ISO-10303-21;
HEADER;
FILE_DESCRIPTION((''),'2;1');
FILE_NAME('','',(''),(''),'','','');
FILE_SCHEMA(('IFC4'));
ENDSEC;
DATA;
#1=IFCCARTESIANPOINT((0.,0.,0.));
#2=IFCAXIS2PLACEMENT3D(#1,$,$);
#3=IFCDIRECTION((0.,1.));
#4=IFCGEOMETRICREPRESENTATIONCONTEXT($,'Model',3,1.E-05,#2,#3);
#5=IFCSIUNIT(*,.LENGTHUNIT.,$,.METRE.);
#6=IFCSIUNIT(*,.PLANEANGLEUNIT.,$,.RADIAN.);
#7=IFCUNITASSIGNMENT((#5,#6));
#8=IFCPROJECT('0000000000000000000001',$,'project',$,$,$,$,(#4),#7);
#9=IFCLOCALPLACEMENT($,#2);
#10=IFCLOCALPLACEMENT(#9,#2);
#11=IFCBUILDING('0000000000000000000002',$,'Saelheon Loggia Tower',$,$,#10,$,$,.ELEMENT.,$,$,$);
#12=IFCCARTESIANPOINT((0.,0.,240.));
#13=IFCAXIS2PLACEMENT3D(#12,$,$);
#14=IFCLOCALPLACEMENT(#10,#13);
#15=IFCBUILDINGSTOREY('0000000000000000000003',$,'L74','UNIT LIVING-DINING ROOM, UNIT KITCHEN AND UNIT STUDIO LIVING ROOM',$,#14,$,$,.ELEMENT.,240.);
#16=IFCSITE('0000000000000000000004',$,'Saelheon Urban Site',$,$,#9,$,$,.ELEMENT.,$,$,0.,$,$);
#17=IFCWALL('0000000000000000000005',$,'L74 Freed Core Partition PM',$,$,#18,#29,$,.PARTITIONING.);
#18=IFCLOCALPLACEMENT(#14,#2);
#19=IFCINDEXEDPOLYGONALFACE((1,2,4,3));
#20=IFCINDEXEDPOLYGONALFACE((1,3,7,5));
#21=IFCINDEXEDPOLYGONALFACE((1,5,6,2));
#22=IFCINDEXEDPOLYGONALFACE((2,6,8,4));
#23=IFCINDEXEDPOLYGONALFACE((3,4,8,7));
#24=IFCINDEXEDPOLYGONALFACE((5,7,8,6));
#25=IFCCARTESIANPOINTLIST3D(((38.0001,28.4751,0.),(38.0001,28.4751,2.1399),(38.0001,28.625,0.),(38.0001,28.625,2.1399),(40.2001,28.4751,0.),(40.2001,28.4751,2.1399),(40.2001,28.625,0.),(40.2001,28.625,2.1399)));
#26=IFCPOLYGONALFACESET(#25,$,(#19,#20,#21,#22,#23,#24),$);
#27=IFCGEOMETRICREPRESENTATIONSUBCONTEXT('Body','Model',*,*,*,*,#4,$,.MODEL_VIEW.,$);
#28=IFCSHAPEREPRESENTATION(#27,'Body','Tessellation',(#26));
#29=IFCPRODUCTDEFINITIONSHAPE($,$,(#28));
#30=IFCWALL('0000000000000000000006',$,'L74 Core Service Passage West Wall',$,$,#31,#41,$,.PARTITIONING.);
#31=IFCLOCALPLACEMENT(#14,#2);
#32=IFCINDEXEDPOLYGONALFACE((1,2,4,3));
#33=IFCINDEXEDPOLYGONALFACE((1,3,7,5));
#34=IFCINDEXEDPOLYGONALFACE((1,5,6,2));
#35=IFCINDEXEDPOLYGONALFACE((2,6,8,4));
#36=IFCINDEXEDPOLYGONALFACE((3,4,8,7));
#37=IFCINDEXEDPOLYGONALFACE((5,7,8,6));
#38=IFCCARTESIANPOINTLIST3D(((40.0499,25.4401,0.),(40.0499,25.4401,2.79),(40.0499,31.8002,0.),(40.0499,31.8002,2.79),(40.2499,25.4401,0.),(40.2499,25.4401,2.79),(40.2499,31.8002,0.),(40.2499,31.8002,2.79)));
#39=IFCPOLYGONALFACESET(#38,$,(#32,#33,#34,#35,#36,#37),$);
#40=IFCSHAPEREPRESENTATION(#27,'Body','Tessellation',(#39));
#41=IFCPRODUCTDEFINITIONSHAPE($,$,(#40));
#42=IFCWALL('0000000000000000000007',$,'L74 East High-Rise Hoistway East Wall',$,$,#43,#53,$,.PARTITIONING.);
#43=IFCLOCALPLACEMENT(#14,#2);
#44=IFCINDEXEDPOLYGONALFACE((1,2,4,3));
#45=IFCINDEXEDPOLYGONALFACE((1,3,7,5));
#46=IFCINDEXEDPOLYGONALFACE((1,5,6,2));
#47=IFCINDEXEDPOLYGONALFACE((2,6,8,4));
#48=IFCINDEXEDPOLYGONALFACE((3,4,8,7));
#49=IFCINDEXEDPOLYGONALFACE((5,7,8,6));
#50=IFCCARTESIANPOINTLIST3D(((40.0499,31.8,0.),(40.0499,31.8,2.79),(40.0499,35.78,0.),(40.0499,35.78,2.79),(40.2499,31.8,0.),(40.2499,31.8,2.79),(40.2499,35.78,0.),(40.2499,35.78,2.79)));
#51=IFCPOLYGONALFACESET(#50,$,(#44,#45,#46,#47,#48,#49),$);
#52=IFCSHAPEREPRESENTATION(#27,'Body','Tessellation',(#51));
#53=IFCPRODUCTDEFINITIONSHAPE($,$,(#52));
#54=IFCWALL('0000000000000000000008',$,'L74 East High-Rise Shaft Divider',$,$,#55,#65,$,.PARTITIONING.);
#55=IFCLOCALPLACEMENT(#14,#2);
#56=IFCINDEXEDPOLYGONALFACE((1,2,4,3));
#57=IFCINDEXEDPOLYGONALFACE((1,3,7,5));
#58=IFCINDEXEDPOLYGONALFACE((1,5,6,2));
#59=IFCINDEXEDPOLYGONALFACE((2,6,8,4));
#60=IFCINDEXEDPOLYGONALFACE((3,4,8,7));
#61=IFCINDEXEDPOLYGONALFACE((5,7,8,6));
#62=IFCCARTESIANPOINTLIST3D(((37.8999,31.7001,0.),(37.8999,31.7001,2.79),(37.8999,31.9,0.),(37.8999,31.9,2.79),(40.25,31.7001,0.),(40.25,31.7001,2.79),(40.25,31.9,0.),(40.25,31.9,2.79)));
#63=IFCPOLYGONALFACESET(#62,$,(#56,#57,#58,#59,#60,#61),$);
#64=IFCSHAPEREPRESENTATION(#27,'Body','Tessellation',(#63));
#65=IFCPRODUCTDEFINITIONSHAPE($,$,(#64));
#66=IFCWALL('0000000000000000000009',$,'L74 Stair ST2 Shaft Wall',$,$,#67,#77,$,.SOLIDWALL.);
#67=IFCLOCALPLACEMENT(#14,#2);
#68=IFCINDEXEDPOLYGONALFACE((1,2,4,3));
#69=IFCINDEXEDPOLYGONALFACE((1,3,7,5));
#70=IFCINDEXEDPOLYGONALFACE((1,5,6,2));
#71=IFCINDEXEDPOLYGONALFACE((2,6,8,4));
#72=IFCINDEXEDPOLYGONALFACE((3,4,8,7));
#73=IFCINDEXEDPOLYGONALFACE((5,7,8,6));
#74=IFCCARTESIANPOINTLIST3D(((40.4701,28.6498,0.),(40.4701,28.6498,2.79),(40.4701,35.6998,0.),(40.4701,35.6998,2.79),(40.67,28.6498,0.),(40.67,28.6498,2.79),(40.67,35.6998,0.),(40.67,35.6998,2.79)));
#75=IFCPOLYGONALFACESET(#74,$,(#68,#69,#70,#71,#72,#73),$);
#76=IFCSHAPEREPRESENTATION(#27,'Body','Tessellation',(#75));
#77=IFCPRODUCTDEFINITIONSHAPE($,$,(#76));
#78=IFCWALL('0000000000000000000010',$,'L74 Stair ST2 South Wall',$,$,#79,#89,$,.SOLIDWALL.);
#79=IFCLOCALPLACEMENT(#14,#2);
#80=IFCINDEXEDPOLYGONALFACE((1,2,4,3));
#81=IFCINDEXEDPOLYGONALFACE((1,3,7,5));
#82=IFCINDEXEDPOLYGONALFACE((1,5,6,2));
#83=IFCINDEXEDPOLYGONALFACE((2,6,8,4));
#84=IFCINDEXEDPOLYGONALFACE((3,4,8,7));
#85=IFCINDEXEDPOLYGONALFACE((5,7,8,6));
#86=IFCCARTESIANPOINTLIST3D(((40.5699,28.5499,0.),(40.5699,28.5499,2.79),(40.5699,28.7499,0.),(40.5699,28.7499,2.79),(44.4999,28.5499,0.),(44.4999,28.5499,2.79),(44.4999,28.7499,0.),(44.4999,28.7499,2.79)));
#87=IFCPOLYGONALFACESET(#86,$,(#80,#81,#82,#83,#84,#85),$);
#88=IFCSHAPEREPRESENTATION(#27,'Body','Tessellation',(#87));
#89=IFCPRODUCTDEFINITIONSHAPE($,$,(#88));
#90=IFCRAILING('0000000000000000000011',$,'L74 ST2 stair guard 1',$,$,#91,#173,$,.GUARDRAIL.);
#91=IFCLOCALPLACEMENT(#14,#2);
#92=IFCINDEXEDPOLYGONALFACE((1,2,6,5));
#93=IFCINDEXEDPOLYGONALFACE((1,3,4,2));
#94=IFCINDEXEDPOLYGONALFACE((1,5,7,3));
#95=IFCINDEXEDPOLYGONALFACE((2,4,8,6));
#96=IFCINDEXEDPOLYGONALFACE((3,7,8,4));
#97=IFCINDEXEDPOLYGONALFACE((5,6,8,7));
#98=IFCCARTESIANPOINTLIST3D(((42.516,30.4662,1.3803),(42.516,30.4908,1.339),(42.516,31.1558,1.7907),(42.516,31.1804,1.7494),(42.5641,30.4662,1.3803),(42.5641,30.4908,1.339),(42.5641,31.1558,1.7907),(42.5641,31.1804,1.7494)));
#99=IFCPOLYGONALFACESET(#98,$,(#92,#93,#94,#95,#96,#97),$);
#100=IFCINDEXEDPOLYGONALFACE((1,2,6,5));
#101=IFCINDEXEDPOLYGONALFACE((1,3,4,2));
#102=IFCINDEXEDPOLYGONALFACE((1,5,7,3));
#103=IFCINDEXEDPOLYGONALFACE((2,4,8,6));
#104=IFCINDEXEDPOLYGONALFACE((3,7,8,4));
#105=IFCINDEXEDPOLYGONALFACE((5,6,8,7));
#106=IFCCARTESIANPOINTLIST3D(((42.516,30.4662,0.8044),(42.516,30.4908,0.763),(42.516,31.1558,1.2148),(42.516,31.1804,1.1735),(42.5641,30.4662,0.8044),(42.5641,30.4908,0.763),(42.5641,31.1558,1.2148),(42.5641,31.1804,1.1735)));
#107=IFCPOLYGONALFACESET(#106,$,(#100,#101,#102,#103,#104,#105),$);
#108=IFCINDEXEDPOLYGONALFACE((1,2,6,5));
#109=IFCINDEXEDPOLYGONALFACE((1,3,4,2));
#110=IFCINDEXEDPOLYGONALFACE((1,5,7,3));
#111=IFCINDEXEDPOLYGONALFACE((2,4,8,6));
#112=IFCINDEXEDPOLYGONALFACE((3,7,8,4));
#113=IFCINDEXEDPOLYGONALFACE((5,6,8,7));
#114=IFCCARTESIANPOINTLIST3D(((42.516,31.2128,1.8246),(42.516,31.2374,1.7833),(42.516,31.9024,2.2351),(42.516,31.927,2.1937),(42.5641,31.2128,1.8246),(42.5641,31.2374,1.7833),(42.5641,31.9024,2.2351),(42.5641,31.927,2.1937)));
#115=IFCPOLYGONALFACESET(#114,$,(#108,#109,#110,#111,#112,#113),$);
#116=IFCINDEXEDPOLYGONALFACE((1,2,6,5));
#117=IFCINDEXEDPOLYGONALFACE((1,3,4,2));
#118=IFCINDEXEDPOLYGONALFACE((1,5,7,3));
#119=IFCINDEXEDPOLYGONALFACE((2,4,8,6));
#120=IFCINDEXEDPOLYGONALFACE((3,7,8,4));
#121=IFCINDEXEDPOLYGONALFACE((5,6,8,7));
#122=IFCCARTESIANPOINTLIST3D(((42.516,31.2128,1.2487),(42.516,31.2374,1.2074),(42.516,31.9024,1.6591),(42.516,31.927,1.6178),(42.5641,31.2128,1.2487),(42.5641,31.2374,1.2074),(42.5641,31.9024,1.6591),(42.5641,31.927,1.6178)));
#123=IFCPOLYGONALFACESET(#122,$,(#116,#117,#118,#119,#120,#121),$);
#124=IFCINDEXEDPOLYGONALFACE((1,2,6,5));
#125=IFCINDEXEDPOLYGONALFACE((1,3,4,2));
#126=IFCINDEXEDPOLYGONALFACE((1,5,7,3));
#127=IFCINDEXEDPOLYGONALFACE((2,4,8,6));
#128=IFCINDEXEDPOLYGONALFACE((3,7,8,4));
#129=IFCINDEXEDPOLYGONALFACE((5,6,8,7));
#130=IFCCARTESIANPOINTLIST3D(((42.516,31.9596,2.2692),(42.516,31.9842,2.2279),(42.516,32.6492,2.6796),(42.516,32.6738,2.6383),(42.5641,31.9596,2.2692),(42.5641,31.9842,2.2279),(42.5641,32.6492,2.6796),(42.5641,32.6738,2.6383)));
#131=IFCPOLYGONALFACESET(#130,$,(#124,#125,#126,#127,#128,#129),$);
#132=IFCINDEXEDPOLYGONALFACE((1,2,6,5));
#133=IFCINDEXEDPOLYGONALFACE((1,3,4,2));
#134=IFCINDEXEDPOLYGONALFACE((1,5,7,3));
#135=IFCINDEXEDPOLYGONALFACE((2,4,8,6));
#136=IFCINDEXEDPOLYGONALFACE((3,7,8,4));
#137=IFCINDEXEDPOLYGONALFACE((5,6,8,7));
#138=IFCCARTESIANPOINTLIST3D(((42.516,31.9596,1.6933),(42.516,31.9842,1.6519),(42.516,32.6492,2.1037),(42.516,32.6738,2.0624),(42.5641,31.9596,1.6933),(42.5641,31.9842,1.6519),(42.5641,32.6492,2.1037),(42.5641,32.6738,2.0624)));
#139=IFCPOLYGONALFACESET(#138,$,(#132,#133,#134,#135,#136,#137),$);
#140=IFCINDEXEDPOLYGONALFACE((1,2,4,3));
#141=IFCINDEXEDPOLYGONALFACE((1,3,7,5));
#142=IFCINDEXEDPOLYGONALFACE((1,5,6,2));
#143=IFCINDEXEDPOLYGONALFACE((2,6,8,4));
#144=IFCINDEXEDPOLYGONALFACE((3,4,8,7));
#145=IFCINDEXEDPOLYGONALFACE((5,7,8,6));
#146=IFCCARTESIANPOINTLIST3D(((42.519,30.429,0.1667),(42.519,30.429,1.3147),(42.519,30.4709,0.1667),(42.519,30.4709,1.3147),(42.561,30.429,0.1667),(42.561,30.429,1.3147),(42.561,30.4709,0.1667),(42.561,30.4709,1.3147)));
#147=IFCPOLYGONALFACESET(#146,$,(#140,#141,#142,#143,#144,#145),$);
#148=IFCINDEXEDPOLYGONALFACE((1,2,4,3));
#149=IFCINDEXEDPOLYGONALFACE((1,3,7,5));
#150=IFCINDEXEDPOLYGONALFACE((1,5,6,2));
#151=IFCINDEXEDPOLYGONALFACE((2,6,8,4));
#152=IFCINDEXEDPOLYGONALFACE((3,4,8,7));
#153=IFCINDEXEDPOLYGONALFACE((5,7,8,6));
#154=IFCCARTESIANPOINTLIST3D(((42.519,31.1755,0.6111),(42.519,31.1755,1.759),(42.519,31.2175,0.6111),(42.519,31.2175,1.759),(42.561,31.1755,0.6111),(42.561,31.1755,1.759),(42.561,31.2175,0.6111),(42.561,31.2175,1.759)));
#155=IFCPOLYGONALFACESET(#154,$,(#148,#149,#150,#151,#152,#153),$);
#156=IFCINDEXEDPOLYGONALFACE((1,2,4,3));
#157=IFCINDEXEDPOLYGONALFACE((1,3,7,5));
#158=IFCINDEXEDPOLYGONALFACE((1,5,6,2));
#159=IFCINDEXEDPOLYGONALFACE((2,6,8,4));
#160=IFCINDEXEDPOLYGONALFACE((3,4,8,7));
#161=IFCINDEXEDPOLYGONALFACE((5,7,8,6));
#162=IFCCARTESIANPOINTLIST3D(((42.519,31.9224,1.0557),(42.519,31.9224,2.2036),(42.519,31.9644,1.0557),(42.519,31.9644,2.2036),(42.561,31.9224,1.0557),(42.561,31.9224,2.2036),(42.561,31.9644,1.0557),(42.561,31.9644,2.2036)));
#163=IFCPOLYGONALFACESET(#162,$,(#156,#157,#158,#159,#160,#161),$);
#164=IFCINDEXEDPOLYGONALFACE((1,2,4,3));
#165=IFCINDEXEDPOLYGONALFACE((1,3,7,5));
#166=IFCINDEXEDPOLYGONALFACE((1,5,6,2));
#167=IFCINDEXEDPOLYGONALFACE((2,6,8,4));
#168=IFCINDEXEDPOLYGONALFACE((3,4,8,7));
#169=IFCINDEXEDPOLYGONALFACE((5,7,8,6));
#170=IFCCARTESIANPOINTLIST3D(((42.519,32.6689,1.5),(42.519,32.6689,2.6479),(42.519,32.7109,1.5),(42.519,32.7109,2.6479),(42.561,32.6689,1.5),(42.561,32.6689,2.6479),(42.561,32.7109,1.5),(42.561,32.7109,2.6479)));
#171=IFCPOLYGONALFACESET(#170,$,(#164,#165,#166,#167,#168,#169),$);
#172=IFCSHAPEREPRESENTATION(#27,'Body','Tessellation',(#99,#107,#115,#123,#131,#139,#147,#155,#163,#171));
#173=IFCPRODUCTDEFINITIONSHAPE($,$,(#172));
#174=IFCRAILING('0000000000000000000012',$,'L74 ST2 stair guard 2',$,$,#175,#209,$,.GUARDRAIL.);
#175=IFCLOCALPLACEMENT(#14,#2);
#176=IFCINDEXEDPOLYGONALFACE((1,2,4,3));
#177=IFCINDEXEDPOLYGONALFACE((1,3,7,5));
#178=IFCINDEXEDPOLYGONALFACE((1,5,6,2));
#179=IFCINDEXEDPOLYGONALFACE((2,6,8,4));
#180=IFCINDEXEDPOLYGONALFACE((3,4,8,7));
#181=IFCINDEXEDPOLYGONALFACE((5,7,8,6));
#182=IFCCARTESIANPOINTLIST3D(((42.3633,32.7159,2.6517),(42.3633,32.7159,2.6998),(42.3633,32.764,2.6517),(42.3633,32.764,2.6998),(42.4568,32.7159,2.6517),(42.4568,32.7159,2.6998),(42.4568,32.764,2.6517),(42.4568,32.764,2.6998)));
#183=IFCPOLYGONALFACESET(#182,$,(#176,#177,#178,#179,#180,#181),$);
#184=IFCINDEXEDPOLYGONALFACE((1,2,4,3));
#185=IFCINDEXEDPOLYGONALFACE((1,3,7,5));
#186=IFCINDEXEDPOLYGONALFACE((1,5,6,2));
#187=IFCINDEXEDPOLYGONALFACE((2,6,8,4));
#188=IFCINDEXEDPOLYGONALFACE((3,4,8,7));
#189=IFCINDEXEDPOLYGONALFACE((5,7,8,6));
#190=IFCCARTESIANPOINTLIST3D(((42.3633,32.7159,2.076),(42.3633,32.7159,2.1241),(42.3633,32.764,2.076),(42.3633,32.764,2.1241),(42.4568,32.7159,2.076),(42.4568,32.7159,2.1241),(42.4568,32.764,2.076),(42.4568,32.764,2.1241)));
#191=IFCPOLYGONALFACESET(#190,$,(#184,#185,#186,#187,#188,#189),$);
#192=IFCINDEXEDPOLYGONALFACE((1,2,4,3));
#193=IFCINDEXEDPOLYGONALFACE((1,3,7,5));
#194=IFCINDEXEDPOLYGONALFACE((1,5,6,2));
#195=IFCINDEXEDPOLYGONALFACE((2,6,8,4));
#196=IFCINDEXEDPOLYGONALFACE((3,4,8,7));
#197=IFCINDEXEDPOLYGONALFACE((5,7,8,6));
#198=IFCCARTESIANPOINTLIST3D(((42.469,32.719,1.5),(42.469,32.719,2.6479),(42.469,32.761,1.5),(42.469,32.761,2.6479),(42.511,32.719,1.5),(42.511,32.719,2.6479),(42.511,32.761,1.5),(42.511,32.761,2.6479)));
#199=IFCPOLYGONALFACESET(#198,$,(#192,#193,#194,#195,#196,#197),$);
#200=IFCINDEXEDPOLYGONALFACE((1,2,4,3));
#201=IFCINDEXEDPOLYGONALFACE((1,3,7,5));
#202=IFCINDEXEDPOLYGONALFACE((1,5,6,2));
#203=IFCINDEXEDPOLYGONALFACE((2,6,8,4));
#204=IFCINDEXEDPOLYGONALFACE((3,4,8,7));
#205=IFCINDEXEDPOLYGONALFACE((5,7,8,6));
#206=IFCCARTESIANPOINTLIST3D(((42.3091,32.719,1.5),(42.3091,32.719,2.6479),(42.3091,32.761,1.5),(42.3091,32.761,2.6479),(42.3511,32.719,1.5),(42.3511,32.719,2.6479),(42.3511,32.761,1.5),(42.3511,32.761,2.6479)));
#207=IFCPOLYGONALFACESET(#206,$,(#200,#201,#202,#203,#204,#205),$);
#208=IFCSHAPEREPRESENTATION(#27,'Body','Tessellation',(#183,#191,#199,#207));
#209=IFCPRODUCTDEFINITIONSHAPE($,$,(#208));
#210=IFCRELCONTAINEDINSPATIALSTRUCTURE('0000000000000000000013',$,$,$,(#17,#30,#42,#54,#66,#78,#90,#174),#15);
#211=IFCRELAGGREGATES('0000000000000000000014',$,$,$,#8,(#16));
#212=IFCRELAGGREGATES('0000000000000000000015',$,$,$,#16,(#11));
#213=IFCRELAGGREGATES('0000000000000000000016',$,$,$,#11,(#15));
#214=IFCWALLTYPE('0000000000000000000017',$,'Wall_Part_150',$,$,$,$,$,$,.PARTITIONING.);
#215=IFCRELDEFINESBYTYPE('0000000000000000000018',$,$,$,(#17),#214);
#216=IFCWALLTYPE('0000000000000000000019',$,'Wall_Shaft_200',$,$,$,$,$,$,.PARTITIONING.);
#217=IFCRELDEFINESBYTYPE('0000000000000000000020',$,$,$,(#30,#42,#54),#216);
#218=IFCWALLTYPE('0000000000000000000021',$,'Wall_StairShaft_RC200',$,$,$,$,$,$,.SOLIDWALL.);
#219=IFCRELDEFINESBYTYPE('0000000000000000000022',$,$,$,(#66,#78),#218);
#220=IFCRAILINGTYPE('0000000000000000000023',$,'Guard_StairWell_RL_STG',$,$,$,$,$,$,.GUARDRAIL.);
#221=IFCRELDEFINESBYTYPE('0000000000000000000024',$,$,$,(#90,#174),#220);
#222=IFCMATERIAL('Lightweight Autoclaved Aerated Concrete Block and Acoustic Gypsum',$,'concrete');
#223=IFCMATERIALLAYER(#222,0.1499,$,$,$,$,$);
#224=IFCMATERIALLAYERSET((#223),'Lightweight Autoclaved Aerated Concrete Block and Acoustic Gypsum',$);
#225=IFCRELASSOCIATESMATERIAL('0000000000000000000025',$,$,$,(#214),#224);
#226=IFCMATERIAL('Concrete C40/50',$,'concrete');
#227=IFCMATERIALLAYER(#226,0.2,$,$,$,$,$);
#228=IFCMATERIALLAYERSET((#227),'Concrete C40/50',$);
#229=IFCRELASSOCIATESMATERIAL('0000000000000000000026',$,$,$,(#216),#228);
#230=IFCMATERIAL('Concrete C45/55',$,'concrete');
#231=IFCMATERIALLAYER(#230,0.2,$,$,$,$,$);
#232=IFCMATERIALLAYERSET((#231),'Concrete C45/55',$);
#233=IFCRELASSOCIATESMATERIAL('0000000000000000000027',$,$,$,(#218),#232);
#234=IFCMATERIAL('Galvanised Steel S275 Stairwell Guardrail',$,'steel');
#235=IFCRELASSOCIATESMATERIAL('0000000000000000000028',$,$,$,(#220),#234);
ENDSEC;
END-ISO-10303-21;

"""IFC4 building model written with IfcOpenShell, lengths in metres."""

from ifc_helpers import new_model, si_unit, direction, frame, frame_2d, origin, origin_2d, place, context, subcontext, project, spatial, rectangle, extrude, material, layer, layer_set, type_object, element, save


model = new_model("IFC4")

# Units and contexts
model_context = context("Model", 3, precision=1e-05, world=origin(), true_north=direction((0.0, 1.0)))
body_context = subcontext(model_context, "Body", "Model", "MODEL_VIEW")
ifc_project = project(units=[si_unit("LENGTHUNIT", "METRE"), si_unit("PLANEANGLEUNIT", "RADIAN")], contexts=[model_context])

# Site, building, storey
site_placement = place(None, origin())
site = spatial("IfcSite", under=ifc_project, at=site_placement, Name="Saelheon Urban Site", CompositionType="ELEMENT", RefElevation=0.0)
building_placement = place(site_placement, origin())
building = spatial("IfcBuilding", under=site, at=building_placement, Name="Saelheon Loggia Tower", CompositionType="ELEMENT")
storey_placement = place(building_placement, frame((0.0, 0.0, 240.0)))
storey = spatial("IfcBuildingStorey", under=building, at=storey_placement, Name="L74", Description="UNIT LIVING-DINING ROOM, UNIT KITCHEN AND UNIT STUDIO LIVING ROOM", CompositionType="ELEMENT", Elevation=240.0)

# Walls
ifc_material_1 = material(Name="Lightweight Autoclaved Aerated Concrete Block and Acoustic Gypsum", Category="concrete")
ifc_layer_1 = layer(ifc_material_1, 0.1499)
ifc_layer_set_1 = layer_set([ifc_layer_1], Name="Lightweight Autoclaved Aerated Concrete Block and Acoustic Gypsum")
wall_type_1 = type_object("IfcWallType", Name="Wall_Part_150", PredefinedType="PARTITIONING", material=ifc_layer_set_1)
wall_1_placement = place(storey_placement, frame((38.0, 28.55, 0.0), z_axis=(0.0, 0.0, 1.0), x_axis=(1.0, 0.0, 0.0)))
element("IfcWall", 1, at=wall_1_placement, inside=storey, type_object=wall_type_1, Name="L74 Freed Core Partition PM", PredefinedType="PARTITIONING", context=body_context, shape_type="SweptSolid", body=[
    extrude(rectangle(XDim=2.2, YDim=0.1499, at=frame_2d((1.1001, 0.0))), origin(), (0.0, 0.0, 1.0), 2.1399),
])
ifc_material_2 = material(Name="Concrete C40/50", Category="concrete")
ifc_layer_2 = layer(ifc_material_2, 0.2)
ifc_layer_set_2 = layer_set([ifc_layer_2], Name="Concrete C40/50")
wall_type_2 = type_object("IfcWallType", Name="Wall_Shaft_200", PredefinedType="PARTITIONING", material=ifc_layer_set_2)
wall_2_placement = place(storey_placement, frame((40.1499, 25.4399, 0.0), z_axis=(0.0, 0.0, 1.0), x_axis=(0.0, 1.0, 0.0)))
element("IfcWall", 2, at=wall_2_placement, inside=storey, type_object=wall_type_2, Name="L74 Core Service Passage West Wall", PredefinedType="PARTITIONING", context=body_context, shape_type="SweptSolid", body=[
    extrude(rectangle(XDim=6.3601, YDim=0.2, at=frame_2d((3.1802, 0.0))), origin(), (0.0, 0.0, 1.0), 2.79),
])
wall_3_placement = place(storey_placement, frame((40.1499, 31.8, 0.0), z_axis=(0.0, 0.0, 1.0), x_axis=(0.0, 1.0, 0.0)))
element("IfcWall", 3, at=wall_3_placement, inside=storey, type_object=wall_type_2, Name="L74 East High-Rise Hoistway East Wall", PredefinedType="PARTITIONING", context=body_context, shape_type="SweptSolid", body=[
    extrude(rectangle(XDim=3.98, YDim=0.2, at=frame_2d((1.99, 0.0))), origin(), (0.0, 0.0, 1.0), 2.79),
])

# Walls
wall_4_placement = place(storey_placement, frame((37.8999, 31.8, 0.0), z_axis=(0.0, 0.0, 1.0), x_axis=(1.0, 0.0, 0.0)))
element("IfcWall", 4, at=wall_4_placement, inside=storey, type_object=wall_type_2, Name="L74 East High-Rise Shaft Divider", PredefinedType="PARTITIONING", context=body_context, shape_type="SweptSolid", body=[
    extrude(rectangle(XDim=2.3501, YDim=0.2, at=frame_2d((1.175, 0.0))), origin(), (0.0, 0.0, 1.0), 2.79),
])
ifc_material_3 = material(Name="Concrete C45/55", Category="concrete")
ifc_layer_3 = layer(ifc_material_3, 0.2)
ifc_layer_set_3 = layer_set([ifc_layer_3], Name="Concrete C45/55")
wall_type_3 = type_object("IfcWallType", Name="Wall_StairShaft_RC200", PredefinedType="SOLIDWALL", material=ifc_layer_set_3)
wall_5_placement = place(storey_placement, frame((40.5701, 28.6499, 0.0), z_axis=(0.0, 0.0, 1.0), x_axis=(0.0, 1.0, 0.0)))
element("IfcWall", 5, at=wall_5_placement, inside=storey, type_object=wall_type_3, Name="L74 Stair ST2 Shaft Wall", PredefinedType="SOLIDWALL", context=body_context, shape_type="SweptSolid", body=[
    extrude(rectangle(XDim=7.05, YDim=0.2, at=frame_2d((3.5249, 0.0))), origin(), (0.0, 0.0, 1.0), 2.79),
])
wall_6_placement = place(storey_placement, frame((40.5701, 28.6499, 0.0), z_axis=(0.0, 0.0, 1.0), x_axis=(1.0, 0.0, 0.0)))
element("IfcWall", 6, at=wall_6_placement, inside=storey, type_object=wall_type_3, Name="L74 Stair ST2 South Wall", PredefinedType="SOLIDWALL", context=body_context, shape_type="SweptSolid", body=[
    extrude(rectangle(XDim=3.9299, YDim=0.2, at=frame_2d((1.9648, 0.0))), origin(), (0.0, 0.0, 1.0), 2.79),
])

# Railings
ifc_material_4 = material(Name="Galvanised Steel S275 Stairwell Guardrail", Category="steel")
railing_type_1 = type_object("IfcRailingType", Name="Guard_StairWell_RL_STG", PredefinedType="GUARDRAIL", material=ifc_material_4)
railing_1_placement = place(storey_placement, frame((42.54, 30.45, 0.1667)))
element("IfcRailing", 7, at=railing_1_placement, inside=storey, type_object=railing_type_1, Name="L74 ST2 stair guard 1", PredefinedType="GUARDRAIL", context=body_context, shape_type="SweptSolid", body=[
    extrude(rectangle(XDim=0.0481, YDim=0.0481, at=origin_2d()), frame((0.0, 0.0286, 1.1929), z_axis=(0.0, 0.859306, 0.511462), x_axis=(-1.0, 0.0, 0.0)), (0.0, 0.0, 1.0), 0.8025),
    extrude(rectangle(XDim=0.0481, YDim=0.0481, at=origin_2d()), frame((0.0, 0.0286, 0.6169), z_axis=(0.0, 0.859306, 0.511462), x_axis=(-1.0, 0.0, 0.0)), (0.0, 0.0, 1.0), 0.8025),
    extrude(rectangle(XDim=0.0481, YDim=0.0481, at=origin_2d()), frame((0.0, 0.7751, 1.6372), z_axis=(0.0, 0.859306, 0.511462), x_axis=(-1.0, 0.0, 0.0)), (0.0, 0.0, 1.0), 0.8025),
    extrude(rectangle(XDim=0.0481, YDim=0.0481, at=origin_2d()), frame((0.0, 0.7751, 1.0613), z_axis=(0.0, 0.859306, 0.511462), x_axis=(-1.0, 0.0, 0.0)), (0.0, 0.0, 1.0), 0.8025),
    extrude(rectangle(XDim=0.0481, YDim=0.0481, at=origin_2d()), frame((0.0, 1.522, 2.0818), z_axis=(0.0, 0.859306, 0.511462), x_axis=(-1.0, 0.0, 0.0)), (0.0, 0.0, 1.0), 0.8025),
    extrude(rectangle(XDim=0.0481, YDim=0.0481, at=origin_2d()), frame((0.0, 1.522, 1.5059), z_axis=(0.0, 0.859306, 0.511462), x_axis=(-1.0, 0.0, 0.0)), (0.0, 0.0, 1.0), 0.8025),
    extrude(rectangle(XDim=0.042, YDim=0.042, at=origin_2d()), origin(), (0.0, 0.0, 1.0), 1.1479),
    extrude(rectangle(XDim=0.042, YDim=0.042, at=origin_2d()), frame((0.0, 0.7466, 0.4443)), (0.0, 0.0, 1.0), 1.1479),
    extrude(rectangle(XDim=0.042, YDim=0.042, at=origin_2d()), frame((0.0, 1.4934, 0.8889)), (0.0, 0.0, 1.0), 1.1479),
    extrude(rectangle(XDim=0.042, YDim=0.042, at=origin_2d()), frame((0.0, 2.24, 1.3333)), (0.0, 0.0, 1.0), 1.1479),
])
railing_2_placement = place(storey_placement, frame((42.49, 32.74, 1.5)))
element("IfcRailing", 8, at=railing_2_placement, inside=storey, type_object=railing_type_1, Name="L74 ST2 stair guard 2", PredefinedType="GUARDRAIL", context=body_context, shape_type="SweptSolid", body=[
    extrude(rectangle(XDim=0.0481, YDim=0.0481, at=origin_2d()), frame((-0.0332, 0.0, 1.1758), z_axis=(-1.0, 0.0, 0.0), x_axis=(0.0, -1.0, 0.0)), (0.0, 0.0, 1.0), 0.0935),
    extrude(rectangle(XDim=0.0481, YDim=0.0481, at=origin_2d()), frame((-0.0332, 0.0, 0.6001), z_axis=(-1.0, 0.0, 0.0), x_axis=(0.0, -1.0, 0.0)), (0.0, 0.0, 1.0), 0.0935),
    extrude(rectangle(XDim=0.042, YDim=0.042, at=origin_2d()), origin(), (0.0, 0.0, 1.0), 1.1479),
    extrude(rectangle(XDim=0.042, YDim=0.042, at=origin_2d()), frame((-0.1599, 0.0, 0.0)), (0.0, 0.0, 1.0), 1.1479),
])

save(model, "model.ifc")
